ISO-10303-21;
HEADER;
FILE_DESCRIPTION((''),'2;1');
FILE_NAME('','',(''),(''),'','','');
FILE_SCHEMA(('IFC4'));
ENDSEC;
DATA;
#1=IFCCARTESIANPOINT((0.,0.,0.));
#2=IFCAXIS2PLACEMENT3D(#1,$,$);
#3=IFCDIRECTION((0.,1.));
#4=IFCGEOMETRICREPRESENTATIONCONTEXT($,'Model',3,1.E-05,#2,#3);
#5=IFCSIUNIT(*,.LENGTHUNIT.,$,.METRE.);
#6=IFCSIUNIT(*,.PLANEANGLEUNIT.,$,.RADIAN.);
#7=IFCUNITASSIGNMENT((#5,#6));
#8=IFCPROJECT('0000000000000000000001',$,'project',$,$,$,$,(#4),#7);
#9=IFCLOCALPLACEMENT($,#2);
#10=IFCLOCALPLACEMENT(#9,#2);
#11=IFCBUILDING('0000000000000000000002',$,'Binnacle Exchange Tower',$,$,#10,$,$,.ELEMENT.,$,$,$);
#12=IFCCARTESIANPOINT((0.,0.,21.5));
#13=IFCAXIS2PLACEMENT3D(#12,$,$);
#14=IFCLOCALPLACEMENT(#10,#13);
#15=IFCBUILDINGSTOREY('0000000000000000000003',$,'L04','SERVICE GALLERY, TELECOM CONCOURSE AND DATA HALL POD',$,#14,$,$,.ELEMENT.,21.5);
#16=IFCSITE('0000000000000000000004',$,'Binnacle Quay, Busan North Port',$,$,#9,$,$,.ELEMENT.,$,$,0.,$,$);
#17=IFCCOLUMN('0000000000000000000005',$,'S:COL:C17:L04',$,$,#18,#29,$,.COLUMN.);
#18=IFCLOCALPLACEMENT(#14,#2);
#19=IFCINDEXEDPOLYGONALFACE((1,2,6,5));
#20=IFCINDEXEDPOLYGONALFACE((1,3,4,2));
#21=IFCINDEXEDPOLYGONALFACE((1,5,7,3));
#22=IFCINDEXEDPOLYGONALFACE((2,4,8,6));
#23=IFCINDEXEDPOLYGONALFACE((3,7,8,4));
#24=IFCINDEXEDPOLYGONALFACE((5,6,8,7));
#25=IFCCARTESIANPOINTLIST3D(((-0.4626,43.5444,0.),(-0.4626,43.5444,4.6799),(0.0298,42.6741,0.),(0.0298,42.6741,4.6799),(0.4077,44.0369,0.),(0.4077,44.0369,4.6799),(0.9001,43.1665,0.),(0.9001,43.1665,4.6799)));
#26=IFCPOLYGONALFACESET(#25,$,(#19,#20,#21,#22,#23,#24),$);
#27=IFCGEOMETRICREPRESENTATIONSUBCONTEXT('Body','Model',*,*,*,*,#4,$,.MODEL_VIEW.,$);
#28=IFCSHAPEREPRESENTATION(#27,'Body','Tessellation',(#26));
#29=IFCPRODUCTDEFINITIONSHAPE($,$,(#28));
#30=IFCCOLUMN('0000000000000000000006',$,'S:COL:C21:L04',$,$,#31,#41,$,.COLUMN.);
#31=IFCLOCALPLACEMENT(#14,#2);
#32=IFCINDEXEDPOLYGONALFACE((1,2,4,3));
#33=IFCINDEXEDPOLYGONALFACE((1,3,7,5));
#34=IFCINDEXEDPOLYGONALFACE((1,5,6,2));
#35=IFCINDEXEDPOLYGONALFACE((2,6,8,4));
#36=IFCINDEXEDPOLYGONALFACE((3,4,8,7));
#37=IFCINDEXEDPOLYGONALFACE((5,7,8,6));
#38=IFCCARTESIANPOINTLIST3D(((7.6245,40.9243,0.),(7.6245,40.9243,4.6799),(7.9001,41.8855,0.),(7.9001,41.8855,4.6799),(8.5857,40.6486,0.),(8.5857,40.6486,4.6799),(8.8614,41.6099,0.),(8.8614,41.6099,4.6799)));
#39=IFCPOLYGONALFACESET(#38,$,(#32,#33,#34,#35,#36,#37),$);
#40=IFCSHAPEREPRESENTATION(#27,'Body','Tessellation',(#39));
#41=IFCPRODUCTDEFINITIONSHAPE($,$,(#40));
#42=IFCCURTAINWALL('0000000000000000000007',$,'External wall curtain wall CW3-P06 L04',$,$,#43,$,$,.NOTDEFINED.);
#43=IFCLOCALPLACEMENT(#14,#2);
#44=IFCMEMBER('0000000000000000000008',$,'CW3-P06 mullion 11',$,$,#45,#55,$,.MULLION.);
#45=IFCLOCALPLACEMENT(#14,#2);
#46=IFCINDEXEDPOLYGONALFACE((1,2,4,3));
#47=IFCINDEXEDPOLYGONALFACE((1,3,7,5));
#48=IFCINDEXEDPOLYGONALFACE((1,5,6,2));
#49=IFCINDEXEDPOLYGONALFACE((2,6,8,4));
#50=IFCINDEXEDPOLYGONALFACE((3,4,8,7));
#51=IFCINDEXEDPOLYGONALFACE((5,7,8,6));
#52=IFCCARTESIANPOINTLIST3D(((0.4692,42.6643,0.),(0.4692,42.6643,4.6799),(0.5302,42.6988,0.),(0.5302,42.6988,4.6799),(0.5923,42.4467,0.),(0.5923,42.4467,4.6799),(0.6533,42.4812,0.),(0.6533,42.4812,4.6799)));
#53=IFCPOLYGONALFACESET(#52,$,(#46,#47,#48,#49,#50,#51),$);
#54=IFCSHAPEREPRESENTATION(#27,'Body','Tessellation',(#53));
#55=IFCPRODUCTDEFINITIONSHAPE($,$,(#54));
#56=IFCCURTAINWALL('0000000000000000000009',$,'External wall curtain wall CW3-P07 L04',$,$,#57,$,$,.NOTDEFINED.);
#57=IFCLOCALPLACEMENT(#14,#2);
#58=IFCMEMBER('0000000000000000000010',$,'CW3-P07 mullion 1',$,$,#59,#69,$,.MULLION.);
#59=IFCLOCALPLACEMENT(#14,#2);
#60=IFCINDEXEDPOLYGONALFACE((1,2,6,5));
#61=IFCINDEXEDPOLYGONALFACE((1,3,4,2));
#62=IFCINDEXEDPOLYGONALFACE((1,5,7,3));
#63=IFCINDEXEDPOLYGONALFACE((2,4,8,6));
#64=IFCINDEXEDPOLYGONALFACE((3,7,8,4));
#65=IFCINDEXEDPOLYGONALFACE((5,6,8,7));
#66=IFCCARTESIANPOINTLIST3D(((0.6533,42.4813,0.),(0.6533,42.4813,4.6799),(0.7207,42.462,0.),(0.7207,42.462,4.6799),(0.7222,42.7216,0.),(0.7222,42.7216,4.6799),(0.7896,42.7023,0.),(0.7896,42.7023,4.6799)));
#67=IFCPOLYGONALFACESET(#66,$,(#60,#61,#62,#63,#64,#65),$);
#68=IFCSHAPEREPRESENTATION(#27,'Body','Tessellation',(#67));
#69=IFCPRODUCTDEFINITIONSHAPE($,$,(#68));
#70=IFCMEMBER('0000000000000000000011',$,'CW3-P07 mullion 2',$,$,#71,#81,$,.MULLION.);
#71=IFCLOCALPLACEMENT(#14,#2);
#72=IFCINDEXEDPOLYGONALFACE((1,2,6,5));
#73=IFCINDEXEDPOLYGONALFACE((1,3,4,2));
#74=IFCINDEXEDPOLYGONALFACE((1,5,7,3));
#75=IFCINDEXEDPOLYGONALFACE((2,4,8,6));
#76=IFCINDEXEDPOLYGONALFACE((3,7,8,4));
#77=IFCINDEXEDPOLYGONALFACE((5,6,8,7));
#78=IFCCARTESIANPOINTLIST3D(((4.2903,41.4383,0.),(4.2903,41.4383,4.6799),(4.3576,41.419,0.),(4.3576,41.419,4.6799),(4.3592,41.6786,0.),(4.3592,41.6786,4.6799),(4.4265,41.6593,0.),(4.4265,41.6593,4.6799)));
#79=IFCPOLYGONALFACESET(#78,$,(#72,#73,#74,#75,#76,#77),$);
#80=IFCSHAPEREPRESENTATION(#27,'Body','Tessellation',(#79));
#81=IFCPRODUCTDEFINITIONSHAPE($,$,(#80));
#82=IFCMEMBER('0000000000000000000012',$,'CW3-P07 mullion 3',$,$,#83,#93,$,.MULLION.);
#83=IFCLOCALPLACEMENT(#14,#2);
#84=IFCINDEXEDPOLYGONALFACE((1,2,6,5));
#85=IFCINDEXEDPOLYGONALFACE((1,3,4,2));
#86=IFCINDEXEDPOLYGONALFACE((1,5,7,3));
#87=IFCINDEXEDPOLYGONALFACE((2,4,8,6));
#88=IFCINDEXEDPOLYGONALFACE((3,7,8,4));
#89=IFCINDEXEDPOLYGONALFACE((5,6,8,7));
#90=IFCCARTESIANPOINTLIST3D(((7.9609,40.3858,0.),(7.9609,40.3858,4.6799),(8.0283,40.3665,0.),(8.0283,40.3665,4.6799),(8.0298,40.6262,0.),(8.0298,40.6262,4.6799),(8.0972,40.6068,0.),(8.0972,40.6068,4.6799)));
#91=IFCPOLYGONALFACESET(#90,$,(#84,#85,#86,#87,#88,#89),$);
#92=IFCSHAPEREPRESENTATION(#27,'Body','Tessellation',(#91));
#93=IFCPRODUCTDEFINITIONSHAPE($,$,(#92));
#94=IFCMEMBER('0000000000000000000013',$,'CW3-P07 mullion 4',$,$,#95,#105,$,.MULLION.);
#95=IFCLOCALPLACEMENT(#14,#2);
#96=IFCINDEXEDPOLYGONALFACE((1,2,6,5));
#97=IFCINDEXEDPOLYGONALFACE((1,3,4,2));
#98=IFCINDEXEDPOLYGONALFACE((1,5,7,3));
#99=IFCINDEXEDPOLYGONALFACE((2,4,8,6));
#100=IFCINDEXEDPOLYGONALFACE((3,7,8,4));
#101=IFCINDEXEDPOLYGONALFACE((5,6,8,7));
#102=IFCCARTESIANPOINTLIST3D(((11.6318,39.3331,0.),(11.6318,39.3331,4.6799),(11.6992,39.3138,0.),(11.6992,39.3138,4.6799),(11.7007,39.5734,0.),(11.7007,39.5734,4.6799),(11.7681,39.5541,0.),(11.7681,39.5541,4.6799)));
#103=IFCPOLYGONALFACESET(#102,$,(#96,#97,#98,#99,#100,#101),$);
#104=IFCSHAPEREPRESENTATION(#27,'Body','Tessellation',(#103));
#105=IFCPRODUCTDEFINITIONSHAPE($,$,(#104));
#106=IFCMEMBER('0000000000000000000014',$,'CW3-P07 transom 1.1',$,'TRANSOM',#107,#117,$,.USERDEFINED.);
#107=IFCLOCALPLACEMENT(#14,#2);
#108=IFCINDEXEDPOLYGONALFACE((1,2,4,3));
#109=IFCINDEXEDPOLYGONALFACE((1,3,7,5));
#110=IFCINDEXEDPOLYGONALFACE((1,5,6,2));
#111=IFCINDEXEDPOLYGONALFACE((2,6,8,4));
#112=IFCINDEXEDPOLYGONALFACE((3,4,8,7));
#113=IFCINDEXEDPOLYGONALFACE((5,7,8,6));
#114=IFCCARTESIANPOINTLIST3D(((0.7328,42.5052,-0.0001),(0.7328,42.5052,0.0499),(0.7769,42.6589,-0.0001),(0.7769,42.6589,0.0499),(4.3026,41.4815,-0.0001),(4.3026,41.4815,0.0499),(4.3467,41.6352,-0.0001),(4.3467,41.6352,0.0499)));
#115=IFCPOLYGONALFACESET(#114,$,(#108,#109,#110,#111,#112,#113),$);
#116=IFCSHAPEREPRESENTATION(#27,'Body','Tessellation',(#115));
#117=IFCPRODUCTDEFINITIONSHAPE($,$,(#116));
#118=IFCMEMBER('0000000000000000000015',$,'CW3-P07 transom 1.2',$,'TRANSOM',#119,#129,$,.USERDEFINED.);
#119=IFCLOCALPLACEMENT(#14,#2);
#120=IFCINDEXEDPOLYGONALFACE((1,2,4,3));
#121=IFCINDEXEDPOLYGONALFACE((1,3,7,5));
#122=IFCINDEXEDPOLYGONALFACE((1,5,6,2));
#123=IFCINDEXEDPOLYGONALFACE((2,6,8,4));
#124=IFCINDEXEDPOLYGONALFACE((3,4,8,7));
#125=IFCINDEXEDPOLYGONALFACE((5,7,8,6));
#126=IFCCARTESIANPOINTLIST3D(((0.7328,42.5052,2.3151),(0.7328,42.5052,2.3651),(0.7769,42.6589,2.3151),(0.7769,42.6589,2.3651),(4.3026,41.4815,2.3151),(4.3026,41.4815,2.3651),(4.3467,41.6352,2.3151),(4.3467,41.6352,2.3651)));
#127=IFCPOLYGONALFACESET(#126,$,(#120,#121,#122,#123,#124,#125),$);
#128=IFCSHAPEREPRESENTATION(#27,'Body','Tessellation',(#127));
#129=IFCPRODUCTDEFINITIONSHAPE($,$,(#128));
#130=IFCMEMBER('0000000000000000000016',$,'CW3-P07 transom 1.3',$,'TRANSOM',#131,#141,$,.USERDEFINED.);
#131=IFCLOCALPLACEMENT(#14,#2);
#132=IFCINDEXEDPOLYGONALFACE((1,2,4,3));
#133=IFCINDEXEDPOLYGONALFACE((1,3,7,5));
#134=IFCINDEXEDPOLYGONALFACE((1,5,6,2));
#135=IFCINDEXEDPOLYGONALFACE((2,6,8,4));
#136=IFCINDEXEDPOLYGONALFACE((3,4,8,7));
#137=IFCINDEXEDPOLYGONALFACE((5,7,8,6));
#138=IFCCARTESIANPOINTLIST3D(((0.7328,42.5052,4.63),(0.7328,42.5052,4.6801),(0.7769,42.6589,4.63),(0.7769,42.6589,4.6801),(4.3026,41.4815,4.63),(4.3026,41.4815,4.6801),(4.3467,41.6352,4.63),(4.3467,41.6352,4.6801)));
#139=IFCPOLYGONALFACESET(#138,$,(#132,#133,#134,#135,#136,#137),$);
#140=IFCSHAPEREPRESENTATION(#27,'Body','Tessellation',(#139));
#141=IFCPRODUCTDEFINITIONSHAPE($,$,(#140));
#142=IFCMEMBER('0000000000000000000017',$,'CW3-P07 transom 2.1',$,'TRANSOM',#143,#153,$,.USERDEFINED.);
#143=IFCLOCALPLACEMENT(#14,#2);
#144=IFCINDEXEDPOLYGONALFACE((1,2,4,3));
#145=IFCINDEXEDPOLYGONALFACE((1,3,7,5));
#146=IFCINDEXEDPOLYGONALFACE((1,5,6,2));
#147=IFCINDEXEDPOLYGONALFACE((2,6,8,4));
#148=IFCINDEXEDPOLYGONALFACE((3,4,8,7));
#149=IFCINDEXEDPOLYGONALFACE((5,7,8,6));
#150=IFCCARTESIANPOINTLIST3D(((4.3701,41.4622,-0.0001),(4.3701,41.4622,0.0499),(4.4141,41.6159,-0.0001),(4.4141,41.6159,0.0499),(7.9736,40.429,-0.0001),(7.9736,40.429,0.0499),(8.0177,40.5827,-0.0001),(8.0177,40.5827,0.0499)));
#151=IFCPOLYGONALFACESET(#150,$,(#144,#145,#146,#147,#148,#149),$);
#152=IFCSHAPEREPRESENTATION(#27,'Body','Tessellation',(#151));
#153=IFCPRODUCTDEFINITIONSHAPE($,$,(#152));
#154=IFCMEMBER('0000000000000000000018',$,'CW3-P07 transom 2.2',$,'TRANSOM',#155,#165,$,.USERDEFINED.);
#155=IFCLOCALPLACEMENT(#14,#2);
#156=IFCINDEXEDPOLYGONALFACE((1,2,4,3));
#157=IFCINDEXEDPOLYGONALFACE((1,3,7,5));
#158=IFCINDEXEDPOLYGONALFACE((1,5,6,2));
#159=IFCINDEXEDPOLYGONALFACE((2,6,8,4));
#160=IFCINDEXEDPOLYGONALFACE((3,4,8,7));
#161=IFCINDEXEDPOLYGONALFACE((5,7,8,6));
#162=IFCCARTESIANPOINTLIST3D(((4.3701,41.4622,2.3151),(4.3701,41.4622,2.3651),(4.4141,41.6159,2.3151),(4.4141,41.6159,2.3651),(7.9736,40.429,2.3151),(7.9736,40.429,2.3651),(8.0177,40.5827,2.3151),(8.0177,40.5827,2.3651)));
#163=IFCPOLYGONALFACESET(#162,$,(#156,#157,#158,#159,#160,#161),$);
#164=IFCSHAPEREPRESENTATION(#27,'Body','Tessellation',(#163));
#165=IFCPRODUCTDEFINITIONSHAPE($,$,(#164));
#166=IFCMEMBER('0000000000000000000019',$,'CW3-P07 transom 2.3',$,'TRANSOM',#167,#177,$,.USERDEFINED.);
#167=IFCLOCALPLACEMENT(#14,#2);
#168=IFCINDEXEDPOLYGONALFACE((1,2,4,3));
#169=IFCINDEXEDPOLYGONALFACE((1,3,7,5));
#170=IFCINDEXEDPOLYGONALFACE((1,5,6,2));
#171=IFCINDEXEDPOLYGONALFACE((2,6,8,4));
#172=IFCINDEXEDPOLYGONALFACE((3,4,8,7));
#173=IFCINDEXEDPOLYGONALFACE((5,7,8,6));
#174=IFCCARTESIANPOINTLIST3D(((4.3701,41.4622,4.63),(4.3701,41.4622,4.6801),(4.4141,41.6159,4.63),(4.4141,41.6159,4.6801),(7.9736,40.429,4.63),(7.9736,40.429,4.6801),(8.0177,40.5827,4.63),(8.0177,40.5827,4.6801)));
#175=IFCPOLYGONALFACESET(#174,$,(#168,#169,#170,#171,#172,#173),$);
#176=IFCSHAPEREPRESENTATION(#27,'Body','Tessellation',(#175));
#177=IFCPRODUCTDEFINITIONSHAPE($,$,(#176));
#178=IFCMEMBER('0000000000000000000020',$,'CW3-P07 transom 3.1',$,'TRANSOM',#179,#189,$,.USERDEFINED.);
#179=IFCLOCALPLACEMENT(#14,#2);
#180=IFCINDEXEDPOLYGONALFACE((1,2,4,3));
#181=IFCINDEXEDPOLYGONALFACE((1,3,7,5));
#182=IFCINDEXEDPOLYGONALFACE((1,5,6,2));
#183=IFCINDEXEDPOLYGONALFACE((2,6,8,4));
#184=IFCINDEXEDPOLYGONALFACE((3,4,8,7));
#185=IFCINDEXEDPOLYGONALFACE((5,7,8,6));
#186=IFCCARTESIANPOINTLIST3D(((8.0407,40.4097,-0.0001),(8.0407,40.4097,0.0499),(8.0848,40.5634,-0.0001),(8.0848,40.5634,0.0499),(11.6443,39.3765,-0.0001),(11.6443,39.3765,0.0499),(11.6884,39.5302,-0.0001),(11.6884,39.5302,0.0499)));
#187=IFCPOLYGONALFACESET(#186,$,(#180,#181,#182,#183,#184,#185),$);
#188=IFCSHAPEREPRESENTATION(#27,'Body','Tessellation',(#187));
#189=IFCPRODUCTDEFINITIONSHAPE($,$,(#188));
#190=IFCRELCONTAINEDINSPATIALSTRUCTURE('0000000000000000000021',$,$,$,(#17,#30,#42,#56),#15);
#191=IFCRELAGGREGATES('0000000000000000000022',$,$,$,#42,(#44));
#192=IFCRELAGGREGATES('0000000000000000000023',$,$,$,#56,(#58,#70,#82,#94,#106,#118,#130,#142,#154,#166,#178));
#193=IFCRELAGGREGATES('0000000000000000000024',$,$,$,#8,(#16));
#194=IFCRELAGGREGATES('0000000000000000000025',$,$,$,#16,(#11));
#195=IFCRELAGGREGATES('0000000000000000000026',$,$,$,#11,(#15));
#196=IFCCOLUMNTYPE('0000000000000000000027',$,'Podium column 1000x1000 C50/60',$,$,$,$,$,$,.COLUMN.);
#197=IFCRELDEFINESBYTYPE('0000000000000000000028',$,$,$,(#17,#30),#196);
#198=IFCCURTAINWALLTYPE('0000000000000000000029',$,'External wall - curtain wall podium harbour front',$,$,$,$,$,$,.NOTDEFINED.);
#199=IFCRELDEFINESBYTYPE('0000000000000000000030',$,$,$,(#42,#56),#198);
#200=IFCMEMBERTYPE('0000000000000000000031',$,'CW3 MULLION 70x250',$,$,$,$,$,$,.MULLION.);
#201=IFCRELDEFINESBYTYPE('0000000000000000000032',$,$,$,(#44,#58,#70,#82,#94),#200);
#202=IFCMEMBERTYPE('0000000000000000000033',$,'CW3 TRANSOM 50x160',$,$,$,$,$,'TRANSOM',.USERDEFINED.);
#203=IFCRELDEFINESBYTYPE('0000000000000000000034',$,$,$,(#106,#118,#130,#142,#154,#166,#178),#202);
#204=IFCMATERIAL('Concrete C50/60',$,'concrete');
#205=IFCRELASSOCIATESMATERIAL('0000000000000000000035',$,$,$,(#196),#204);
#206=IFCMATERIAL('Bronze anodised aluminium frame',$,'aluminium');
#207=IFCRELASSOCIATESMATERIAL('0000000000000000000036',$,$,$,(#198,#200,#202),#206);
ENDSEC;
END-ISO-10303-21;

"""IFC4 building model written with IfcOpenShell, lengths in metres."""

from ifc_helpers import new_model, si_unit, direction, frame, origin, origin_2d, place, context, subcontext, project, spatial, rectangle, extrude, material, material_profile, profile_set, type_object, element, aggregate, save


model = new_model("IFC4")

# Units and contexts
model_context = context("Model", 3, precision=1e-05, world=origin(), true_north=direction((0.0, 1.0)))
body_context = subcontext(model_context, "Body", "Model", "MODEL_VIEW")
ifc_project = project(units=[si_unit("LENGTHUNIT", "METRE"), si_unit("PLANEANGLEUNIT", "RADIAN")], contexts=[model_context])

# Site, building, storey
site_placement = place(None, origin())
site = spatial("IfcSite", under=ifc_project, at=site_placement, Name="Binnacle Quay, Busan North Port", CompositionType="ELEMENT", RefElevation=0.0)
building_placement = place(site_placement, origin())
building = spatial("IfcBuilding", under=site, at=building_placement, Name="Binnacle Exchange Tower", CompositionType="ELEMENT")
storey_placement = place(building_placement, frame((0.0, 0.0, 21.5)))
storey = spatial("IfcBuildingStorey", under=building, at=storey_placement, Name="L04", Description="SERVICE GALLERY, TELECOM CONCOURSE AND DATA HALL POD", CompositionType="ELEMENT", Elevation=21.5)

# Columns
ifc_material_1 = material(Name="Concrete C50/60", Category="concrete")
ifc_material_profile_1 = material_profile(ifc_material_1, rectangle(XDim=1.0, YDim=1.0, at=origin_2d()), Name="Podium column 1000x1000 C50/60")
ifc_profile_set_1 = profile_set([ifc_material_profile_1], Name="Concrete C50/60")
column_type = type_object("IfcColumnType", Name="Podium column 1000x1000 C50/60", PredefinedType="COLUMN", material=ifc_profile_set_1)
for number, where, z_axis, x_axis, name in (
    (1, (0.2188, 43.3555, 0.0), (0.0, 0.0, 1.0), (0.870356, 0.492424, 0.0), "S:COL:C17:L04"),
    (2, (8.2429, 41.2671, 0.0), (0.0, 0.0, 1.0), (0.961262, -0.275637, 0.0), "S:COL:C21:L04"),
):
    element("IfcColumn", number, at=place(storey_placement, frame(where, z_axis=z_axis, x_axis=x_axis)), inside=storey, type_object=column_type, Name=name, PredefinedType="COLUMN", context=body_context, shape_type="SweptSolid", body=[
        extrude(rectangle(XDim=1.0, YDim=1.0, at=origin_2d()), origin(), (0.0, 0.0, 1.0), 4.6799),
    ])

# Curtain wall, member
ifc_material_2 = material(Name="Bronze anodised aluminium frame", Category="aluminium")
curtain_wall_type = type_object("IfcCurtainWallType", Name="External wall - curtain wall podium harbour front", PredefinedType="NOTDEFINED", material=ifc_material_2)
curtain_wall_1_placement = place(storey_placement, origin())
curtain_wall_1 = element("IfcCurtainWall", 3, at=curtain_wall_1_placement, inside=storey, type_object=curtain_wall_type, Name="External wall curtain wall CW3-P06 L04", PredefinedType="NOTDEFINED")
ifc_material_profile_2 = material_profile(ifc_material_2, rectangle(XDim=0.25, YDim=0.0701, at=origin_2d()), Name="AL 70x250")
ifc_profile_set_2 = profile_set([ifc_material_profile_2], Name="Bronze anodised aluminium frame")
member_type_1 = type_object("IfcMemberType", Name="CW3 MULLION 70x250", PredefinedType="MULLION", material=ifc_profile_set_2)
member_1_placement = place(storey_placement, frame((0.5613, 42.5728, 0.0), z_axis=(0.0, 0.0, 1.0), x_axis=(-0.492424, 0.870356, 0.0)))
member_1 = element("IfcMember", 4, at=member_1_placement, type_object=member_type_1, Name="CW3-P06 mullion 11", PredefinedType="MULLION", context=body_context, shape_type="SweptSolid", body=[
    extrude(rectangle(XDim=0.25, YDim=0.0701, at=origin_2d()), origin(), (0.0, 0.0, 1.0), 4.6799),
])
aggregate(curtain_wall_1, [member_1])

# Curtain wall, members
curtain_wall_2_placement = place(storey_placement, origin())
curtain_wall_2 = element("IfcCurtainWall", 5, at=curtain_wall_2_placement, inside=storey, type_object=curtain_wall_type, Name="External wall curtain wall CW3-P07 L04", PredefinedType="NOTDEFINED")
member_2_placement = place(storey_placement, frame((0.7214, 42.5918, 0.0), z_axis=(0.0, 0.0, 1.0), x_axis=(0.275637, 0.961262, 0.0)))
member_2 = element("IfcMember", 6, at=member_2_placement, type_object=member_type_1, Name="CW3-P07 mullion 1", PredefinedType="MULLION", context=body_context, shape_type="SweptSolid", body=[
    extrude(rectangle(XDim=0.25, YDim=0.0701, at=origin_2d()), origin(), (0.0, 0.0, 1.0), 4.6799),
])
member_3_placement = place(storey_placement, frame((4.3584, 41.5488, 0.0), z_axis=(0.0, 0.0, 1.0), x_axis=(0.275637, 0.961262, 0.0)))
member_3 = element("IfcMember", 7, at=member_3_placement, type_object=member_type_1, Name="CW3-P07 mullion 2", PredefinedType="MULLION", context=body_context, shape_type="SweptSolid", body=[
    extrude(rectangle(XDim=0.25, YDim=0.0701, at=origin_2d()), origin(), (0.0, 0.0, 1.0), 4.6799),
])
member_4_placement = place(storey_placement, frame((8.0291, 40.4963, 0.0), z_axis=(0.0, 0.0, 1.0), x_axis=(0.275637, 0.961262, 0.0)))
member_4 = element("IfcMember", 8, at=member_4_placement, type_object=member_type_1, Name="CW3-P07 mullion 3", PredefinedType="MULLION", context=body_context, shape_type="SweptSolid", body=[
    extrude(rectangle(XDim=0.25, YDim=0.0701, at=origin_2d()), origin(), (0.0, 0.0, 1.0), 4.6799),
])
member_5_placement = place(storey_placement, frame((11.7, 39.4436, 0.0), z_axis=(0.0, 0.0, 1.0), x_axis=(0.275637, 0.961262, 0.0)))
member_5 = element("IfcMember", 9, at=member_5_placement, type_object=member_type_1, Name="CW3-P07 mullion 4", PredefinedType="MULLION", context=body_context, shape_type="SweptSolid", body=[
    extrude(rectangle(XDim=0.25, YDim=0.0701, at=origin_2d()), origin(), (0.0, 0.0, 1.0), 4.6799),
])
ifc_material_profile_3 = material_profile(ifc_material_2, rectangle(XDim=0.1599, YDim=0.05, at=origin_2d()), Name="AL 160x50")
ifc_profile_set_3 = profile_set([ifc_material_profile_3], Name="Bronze anodised aluminium frame")
member_type_2 = type_object("IfcMemberType", Name="CW3 TRANSOM 50x160", ElementType="TRANSOM", PredefinedType="USERDEFINED", material=ifc_profile_set_3)
member_6_placement = place(storey_placement, frame((0.7549, 42.582, 0.0249), z_axis=(0.961258, -0.27565, 0.0), x_axis=(0.27565, 0.961258, 0.0)))
member_6 = element("IfcMember", 10, at=member_6_placement, type_object=member_type_2, Name="CW3-P07 transom 1.1", ObjectType="TRANSOM", PredefinedType="USERDEFINED", context=body_context, shape_type="SweptSolid", body=[
    extrude(rectangle(XDim=0.1599, YDim=0.05, at=origin_2d()), origin(), (0.0, 0.0, 1.0), 3.7136),
])
member_7_placement = place(storey_placement, frame((0.7549, 42.582, 2.3401), z_axis=(0.961258, -0.27565, 0.0), x_axis=(0.27565, 0.961258, 0.0)))
member_7 = element("IfcMember", 11, at=member_7_placement, type_object=member_type_2, Name="CW3-P07 transom 1.2", ObjectType="TRANSOM", PredefinedType="USERDEFINED", context=body_context, shape_type="SweptSolid", body=[
    extrude(rectangle(XDim=0.1599, YDim=0.05, at=origin_2d()), origin(), (0.0, 0.0, 1.0), 3.7136),
])
member_8_placement = place(storey_placement, frame((0.7549, 42.582, 4.655), z_axis=(0.961258, -0.27565, 0.0), x_axis=(0.27565, 0.961258, 0.0)))
member_8 = element("IfcMember", 12, at=member_8_placement, type_object=member_type_2, Name="CW3-P07 transom 1.3", ObjectType="TRANSOM", PredefinedType="USERDEFINED", context=body_context, shape_type="SweptSolid", body=[
    extrude(rectangle(XDim=0.1599, YDim=0.05, at=origin_2d()), origin(), (0.0, 0.0, 1.0), 3.7136),
])
member_9_placement = place(storey_placement, frame((4.3921, 41.5391, 0.0249), z_axis=(0.961268, -0.275616, 0.0), x_axis=(0.275616, 0.961268, 0.0)))
member_9 = element("IfcMember", 13, at=member_9_placement, type_object=member_type_2, Name="CW3-P07 transom 2.1", ObjectType="TRANSOM", PredefinedType="USERDEFINED", context=body_context, shape_type="SweptSolid", body=[
    extrude(rectangle(XDim=0.1599, YDim=0.05, at=origin_2d()), origin(), (0.0, 0.0, 1.0), 3.7488),
])
member_10_placement = place(storey_placement, frame((4.3921, 41.5391, 2.3401), z_axis=(0.961268, -0.275616, 0.0), x_axis=(0.275616, 0.961268, 0.0)))
member_10 = element("IfcMember", 14, at=member_10_placement, type_object=member_type_2, Name="CW3-P07 transom 2.2", ObjectType="TRANSOM", PredefinedType="USERDEFINED", context=body_context, shape_type="SweptSolid", body=[
    extrude(rectangle(XDim=0.1599, YDim=0.05, at=origin_2d()), origin(), (0.0, 0.0, 1.0), 3.7488),
])
member_11_placement = place(storey_placement, frame((4.3921, 41.5391, 4.655), z_axis=(0.961268, -0.275616, 0.0), x_axis=(0.275616, 0.961268, 0.0)))
member_11 = element("IfcMember", 15, at=member_11_placement, type_object=member_type_2, Name="CW3-P07 transom 2.3", ObjectType="TRANSOM", PredefinedType="USERDEFINED", context=body_context, shape_type="SweptSolid", body=[
    extrude(rectangle(XDim=0.1599, YDim=0.05, at=origin_2d()), origin(), (0.0, 0.0, 1.0), 3.7488),
])
member_12_placement = place(storey_placement, frame((8.0627, 40.4866, 0.0249), z_axis=(0.961268, -0.275616, 0.0), x_axis=(0.275616, 0.961268, 0.0)))
member_12 = element("IfcMember", 16, at=member_12_placement, type_object=member_type_2, Name="CW3-P07 transom 3.1", ObjectType="TRANSOM", PredefinedType="USERDEFINED", context=body_context, shape_type="SweptSolid", body=[
    extrude(rectangle(XDim=0.1599, YDim=0.05, at=origin_2d()), origin(), (0.0, 0.0, 1.0), 3.7488),
])

aggregate(curtain_wall_2, [member_2, member_3, member_4, member_5, member_6, member_7, member_8, member_9, member_10, member_11, member_12])

save(model, "model.ifc")
